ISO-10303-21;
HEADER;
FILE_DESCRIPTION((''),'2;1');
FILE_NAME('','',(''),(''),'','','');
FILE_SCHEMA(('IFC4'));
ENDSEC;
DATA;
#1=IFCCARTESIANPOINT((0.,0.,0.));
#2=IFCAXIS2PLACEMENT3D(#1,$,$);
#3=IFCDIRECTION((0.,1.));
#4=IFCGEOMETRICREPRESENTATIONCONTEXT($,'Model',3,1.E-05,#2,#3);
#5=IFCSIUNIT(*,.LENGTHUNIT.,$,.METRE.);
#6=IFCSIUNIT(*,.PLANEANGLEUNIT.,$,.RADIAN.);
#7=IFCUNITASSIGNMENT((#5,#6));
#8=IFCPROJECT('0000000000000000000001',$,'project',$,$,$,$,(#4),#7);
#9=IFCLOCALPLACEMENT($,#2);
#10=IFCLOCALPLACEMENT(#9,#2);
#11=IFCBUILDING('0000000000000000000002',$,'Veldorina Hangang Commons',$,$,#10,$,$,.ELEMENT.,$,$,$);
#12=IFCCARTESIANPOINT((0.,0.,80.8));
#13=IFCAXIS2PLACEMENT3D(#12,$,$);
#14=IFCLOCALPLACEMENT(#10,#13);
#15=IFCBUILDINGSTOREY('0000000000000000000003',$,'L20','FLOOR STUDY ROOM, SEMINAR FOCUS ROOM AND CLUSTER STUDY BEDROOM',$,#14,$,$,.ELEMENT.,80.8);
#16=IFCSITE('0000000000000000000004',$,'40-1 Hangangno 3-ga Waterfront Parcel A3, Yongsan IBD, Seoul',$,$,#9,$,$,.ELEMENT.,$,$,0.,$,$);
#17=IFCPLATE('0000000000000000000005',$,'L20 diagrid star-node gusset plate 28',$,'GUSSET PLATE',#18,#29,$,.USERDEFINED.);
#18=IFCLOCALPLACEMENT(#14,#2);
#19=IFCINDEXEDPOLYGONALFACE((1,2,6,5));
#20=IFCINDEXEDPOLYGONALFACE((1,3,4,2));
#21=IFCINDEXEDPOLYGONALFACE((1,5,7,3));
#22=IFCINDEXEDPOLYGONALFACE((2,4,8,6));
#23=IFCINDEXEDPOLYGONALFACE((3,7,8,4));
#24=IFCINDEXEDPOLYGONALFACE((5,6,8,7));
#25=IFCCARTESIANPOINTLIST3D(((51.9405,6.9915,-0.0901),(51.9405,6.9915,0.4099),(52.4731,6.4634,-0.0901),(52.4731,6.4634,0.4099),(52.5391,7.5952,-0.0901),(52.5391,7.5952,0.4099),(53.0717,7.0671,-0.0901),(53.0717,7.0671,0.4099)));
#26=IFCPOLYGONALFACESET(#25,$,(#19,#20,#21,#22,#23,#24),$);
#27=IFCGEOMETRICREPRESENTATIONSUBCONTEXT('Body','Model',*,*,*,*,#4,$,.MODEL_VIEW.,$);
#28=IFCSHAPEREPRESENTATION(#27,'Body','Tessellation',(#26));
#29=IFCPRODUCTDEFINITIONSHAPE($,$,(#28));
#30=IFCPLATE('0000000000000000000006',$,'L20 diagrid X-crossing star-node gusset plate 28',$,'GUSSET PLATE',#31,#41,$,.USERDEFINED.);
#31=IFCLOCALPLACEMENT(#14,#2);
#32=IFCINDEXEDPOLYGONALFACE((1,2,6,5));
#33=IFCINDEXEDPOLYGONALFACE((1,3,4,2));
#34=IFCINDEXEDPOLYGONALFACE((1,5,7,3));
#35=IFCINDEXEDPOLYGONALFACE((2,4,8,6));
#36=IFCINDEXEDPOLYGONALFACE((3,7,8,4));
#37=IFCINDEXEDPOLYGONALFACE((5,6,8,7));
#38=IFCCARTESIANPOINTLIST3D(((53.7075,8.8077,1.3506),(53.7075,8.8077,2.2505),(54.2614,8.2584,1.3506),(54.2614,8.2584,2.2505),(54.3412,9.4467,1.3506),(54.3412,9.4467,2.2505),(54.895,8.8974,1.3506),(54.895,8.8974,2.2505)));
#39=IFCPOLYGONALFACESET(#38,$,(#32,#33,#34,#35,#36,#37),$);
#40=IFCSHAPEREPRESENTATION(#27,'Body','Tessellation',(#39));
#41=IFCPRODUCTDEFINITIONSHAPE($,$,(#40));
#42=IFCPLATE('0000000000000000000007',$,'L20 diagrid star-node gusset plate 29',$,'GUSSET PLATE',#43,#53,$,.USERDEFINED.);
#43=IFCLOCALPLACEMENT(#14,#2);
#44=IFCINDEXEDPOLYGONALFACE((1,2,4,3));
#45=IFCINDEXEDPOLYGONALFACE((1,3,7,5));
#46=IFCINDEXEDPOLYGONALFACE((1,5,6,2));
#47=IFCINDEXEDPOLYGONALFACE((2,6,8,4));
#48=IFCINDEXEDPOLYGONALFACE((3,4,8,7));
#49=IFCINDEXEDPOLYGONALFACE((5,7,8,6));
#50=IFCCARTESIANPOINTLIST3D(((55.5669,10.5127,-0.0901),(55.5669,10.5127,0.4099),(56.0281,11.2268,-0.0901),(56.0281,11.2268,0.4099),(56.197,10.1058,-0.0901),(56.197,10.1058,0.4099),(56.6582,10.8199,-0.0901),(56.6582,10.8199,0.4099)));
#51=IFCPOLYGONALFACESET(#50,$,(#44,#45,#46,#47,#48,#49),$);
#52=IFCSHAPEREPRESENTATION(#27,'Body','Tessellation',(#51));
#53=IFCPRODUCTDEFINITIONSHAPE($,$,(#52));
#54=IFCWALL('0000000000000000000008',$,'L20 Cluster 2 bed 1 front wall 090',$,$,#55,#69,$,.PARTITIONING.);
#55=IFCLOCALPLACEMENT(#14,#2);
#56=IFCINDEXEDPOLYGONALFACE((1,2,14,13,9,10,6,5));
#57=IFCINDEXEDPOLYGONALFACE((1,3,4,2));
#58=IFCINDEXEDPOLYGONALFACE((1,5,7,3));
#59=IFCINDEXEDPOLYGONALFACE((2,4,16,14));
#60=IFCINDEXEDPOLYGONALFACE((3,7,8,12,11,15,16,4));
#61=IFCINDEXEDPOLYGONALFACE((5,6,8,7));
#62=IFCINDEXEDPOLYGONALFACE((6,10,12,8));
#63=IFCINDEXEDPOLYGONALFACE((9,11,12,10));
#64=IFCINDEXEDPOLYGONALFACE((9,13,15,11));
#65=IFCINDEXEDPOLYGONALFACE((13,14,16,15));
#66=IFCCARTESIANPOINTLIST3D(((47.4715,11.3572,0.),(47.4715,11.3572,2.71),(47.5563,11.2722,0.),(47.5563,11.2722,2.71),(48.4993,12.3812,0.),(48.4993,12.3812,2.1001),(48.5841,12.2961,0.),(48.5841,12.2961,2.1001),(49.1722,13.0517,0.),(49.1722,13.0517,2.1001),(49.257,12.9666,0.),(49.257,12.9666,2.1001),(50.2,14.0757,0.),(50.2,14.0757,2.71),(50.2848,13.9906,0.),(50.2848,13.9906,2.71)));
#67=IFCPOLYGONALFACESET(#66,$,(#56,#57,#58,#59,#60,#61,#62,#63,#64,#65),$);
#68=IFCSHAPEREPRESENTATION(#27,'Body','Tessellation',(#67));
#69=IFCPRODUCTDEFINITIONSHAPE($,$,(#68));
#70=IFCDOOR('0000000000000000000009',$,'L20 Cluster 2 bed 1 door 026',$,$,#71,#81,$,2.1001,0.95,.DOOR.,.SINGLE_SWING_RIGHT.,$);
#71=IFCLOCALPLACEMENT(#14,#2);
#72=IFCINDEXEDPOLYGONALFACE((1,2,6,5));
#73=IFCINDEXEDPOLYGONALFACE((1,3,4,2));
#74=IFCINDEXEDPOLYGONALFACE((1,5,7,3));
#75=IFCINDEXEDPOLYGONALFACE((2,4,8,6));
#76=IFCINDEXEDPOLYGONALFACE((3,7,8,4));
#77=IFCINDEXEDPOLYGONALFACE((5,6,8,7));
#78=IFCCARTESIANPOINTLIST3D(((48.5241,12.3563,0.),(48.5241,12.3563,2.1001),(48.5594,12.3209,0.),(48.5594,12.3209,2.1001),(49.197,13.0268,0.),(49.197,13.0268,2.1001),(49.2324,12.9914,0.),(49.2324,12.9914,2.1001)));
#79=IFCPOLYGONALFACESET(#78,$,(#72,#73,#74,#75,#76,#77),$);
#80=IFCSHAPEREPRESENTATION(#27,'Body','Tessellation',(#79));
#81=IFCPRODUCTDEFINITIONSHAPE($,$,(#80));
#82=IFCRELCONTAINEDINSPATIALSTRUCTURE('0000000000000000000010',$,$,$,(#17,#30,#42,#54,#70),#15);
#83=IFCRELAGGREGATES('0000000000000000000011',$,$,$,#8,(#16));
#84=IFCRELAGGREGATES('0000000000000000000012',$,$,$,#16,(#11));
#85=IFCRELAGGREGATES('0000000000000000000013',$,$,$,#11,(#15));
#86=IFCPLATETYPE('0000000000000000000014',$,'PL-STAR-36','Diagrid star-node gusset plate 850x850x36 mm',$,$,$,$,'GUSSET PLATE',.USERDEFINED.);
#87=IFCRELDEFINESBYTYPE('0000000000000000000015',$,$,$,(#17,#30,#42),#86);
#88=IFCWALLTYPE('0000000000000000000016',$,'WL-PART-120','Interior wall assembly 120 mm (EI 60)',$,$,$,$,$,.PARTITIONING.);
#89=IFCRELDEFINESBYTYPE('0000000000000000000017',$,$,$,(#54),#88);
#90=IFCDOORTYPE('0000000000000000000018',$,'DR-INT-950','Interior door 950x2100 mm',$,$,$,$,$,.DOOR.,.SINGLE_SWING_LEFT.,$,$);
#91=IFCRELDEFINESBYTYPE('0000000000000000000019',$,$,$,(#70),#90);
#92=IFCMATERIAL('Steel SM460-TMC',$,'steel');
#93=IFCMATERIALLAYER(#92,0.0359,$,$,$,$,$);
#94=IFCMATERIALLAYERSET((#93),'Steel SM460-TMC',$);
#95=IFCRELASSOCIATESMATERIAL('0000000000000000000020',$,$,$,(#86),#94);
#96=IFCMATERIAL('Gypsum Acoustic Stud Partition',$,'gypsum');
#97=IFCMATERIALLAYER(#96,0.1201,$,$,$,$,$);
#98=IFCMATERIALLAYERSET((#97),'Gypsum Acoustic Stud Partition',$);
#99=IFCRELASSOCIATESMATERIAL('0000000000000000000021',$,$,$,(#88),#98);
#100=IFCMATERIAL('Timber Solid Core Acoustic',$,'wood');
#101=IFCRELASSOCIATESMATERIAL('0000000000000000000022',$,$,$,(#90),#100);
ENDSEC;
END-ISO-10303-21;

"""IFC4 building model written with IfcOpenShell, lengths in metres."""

from ifc_helpers import new_model, si_unit, direction, frame, frame_2d, origin, origin_2d, place, context, subcontext, project, spatial, rectangle, extrude, material, layer, layer_set, type_object, element, fill, save


model = new_model("IFC4")

# Units and contexts
model_context = context("Model", 3, precision=1e-05, world=origin(), true_north=direction((0.0, 1.0)))
body_context = subcontext(model_context, "Body", "Model", "MODEL_VIEW")
ifc_project = project(units=[si_unit("LENGTHUNIT", "METRE"), si_unit("PLANEANGLEUNIT", "RADIAN")], contexts=[model_context])

# Site, building, storey
site_placement = place(None, origin())
site = spatial("IfcSite", under=ifc_project, at=site_placement, Name="40-1 Hangangno 3-ga Waterfront Parcel A3, Yongsan IBD, Seoul", CompositionType="ELEMENT", RefElevation=0.0)
building_placement = place(site_placement, origin())
building = spatial("IfcBuilding", under=site, at=building_placement, Name="Veldorina Hangang Commons", CompositionType="ELEMENT")
storey_placement = place(building_placement, frame((0.0, 0.0, 80.8)))
storey = spatial("IfcBuildingStorey", under=building, at=storey_placement, Name="L20", Description="FLOOR STUDY ROOM, SEMINAR FOCUS ROOM AND CLUSTER STUDY BEDROOM", CompositionType="ELEMENT", Elevation=80.8)

# Shared definitions
ifc_material_1 = material(Name="Steel SM460-TMC", Category="steel")

# Plates
ifc_layer_1 = layer(ifc_material_1, 0.0359)
ifc_layer_set_1 = layer_set([ifc_layer_1], Name="Steel SM460-TMC")
plate_type_1 = type_object("IfcPlateType", Name="PL-STAR-36", Description="Diagrid star-node gusset plate 850x850x36 mm", ElementType="GUSSET PLATE", PredefinedType="USERDEFINED", material=ifc_layer_set_1)
for number, where, z_axis, x_axis, name in (
    (1, (52.5061, 7.0293, -0.0901), (0.0, 0.0, 1.0), (0.704139, 0.710062, 0.0), "L20 diagrid star-node gusset plate 28"),
):
    element("IfcPlate", number, at=place(storey_placement, frame(where, z_axis=z_axis, x_axis=x_axis)), inside=storey, type_object=plate_type_1, Name=name, ObjectType="GUSSET PLATE", PredefinedType="USERDEFINED", context=body_context, shape_type="SweptSolid", body=[
        extrude(rectangle(XDim=0.8501, YDim=0.75, at=origin_2d()), origin(), (0.0, 0.0, 1.0), 0.5),
    ])
plate_1_placement = place(storey_placement, frame((54.3013, 8.8525, 1.3506), z_axis=(0.0, 0.0, 1.0), x_axis=(0.704139, 0.710062, 0.0)))
element("IfcPlate", 2, at=plate_1_placement, inside=storey, type_object=plate_type_1, Name="L20 diagrid X-crossing star-node gusset plate 28", ObjectType="GUSSET PLATE", PredefinedType="USERDEFINED", context=body_context, shape_type="SweptSolid", body=[
    extrude(rectangle(XDim=0.8999, YDim=0.78, at=origin_2d()), origin(), (0.0, 0.0, 1.0), 0.8999),
])
plate_2_placement = place(storey_placement, frame((56.1125, 10.6663, -0.0901), z_axis=(0.0, 0.0, 1.0), x_axis=(0.542544, 0.840027, 0.0)))
element("IfcPlate", 3, at=plate_2_placement, inside=storey, type_object=plate_type_1, Name="L20 diagrid star-node gusset plate 29", ObjectType="GUSSET PLATE", PredefinedType="USERDEFINED", context=body_context, shape_type="SweptSolid", body=[
    extrude(rectangle(XDim=0.8501, YDim=0.75, at=origin_2d()), origin(), (0.0, 0.0, 1.0), 0.5),
])

# Wall, opening, door
ifc_material_2 = material(Name="Gypsum Acoustic Stud Partition", Category="gypsum")
ifc_layer_2 = layer(ifc_material_2, 0.1201)
ifc_layer_set_2 = layer_set([ifc_layer_2], Name="Gypsum Acoustic Stud Partition")
wall_type = type_object("IfcWallType", Name="WL-PART-120", Description="Interior wall assembly 120 mm (EI 60)", PredefinedType="PARTITIONING", material=ifc_layer_set_2)
wall_placement = place(storey_placement, frame((47.5139, 11.3147, 0.0), z_axis=(0.0, 0.0, 1.0), x_axis=(0.708405, 0.705806, 0.0)))
wall = element("IfcWall", 4, at=wall_placement, inside=storey, type_object=wall_type, Name="L20 Cluster 2 bed 1 front wall 090", PredefinedType="PARTITIONING", context=body_context, shape_type="SweptSolid", body=[
    extrude(rectangle(XDim=3.8516, YDim=0.1201, at=frame_2d((1.9258, 0.0))), origin(), (0.0, 0.0, 1.0), 2.71),
])
opening_placement = place(wall_placement, frame((1.4507, 0.0, 0.0)))
opening = element("IfcOpeningElement", 5, at=opening_placement, cuts=wall, PredefinedType="OPENING", context=body_context, shape_type="SweptSolid", body=[
    extrude(rectangle(XDim=0.95, YDim=2.1001, at=frame_2d((0.4751, 1.05))), frame((0.0, 0.0701, 0.0), z_axis=(0.0, -1.0, 0.0), x_axis=(1.0, 0.0, 0.0)), (0.0, 0.0, 1.0), 0.1401),
])
ifc_material_3 = material(Name="Timber Solid Core Acoustic", Category="wood")
door_type = type_object("IfcDoorType", Name="DR-INT-950", Description="Interior door 950x2100 mm", OperationType="SINGLE_SWING_LEFT", PredefinedType="DOOR", material=ifc_material_3)
door_placement = place(opening_placement, origin())
door = element("IfcDoor", 6, at=door_placement, inside=storey, type_object=door_type, Name="L20 Cluster 2 bed 1 door 026", OperationType="SINGLE_SWING_RIGHT", OverallHeight=2.1001, OverallWidth=0.95, PredefinedType="DOOR", context=body_context, shape_type="SweptSolid", body=[
    extrude(rectangle(XDim=0.95, YDim=2.1001, at=frame_2d((0.4751, 1.05))), frame((0.0, 0.0249, 0.0), z_axis=(0.0, -1.0, 0.0), x_axis=(1.0, 0.0, 0.0)), (0.0, 0.0, 1.0), 0.05),
])
fill(opening, door)

save(model, "model.ifc")
